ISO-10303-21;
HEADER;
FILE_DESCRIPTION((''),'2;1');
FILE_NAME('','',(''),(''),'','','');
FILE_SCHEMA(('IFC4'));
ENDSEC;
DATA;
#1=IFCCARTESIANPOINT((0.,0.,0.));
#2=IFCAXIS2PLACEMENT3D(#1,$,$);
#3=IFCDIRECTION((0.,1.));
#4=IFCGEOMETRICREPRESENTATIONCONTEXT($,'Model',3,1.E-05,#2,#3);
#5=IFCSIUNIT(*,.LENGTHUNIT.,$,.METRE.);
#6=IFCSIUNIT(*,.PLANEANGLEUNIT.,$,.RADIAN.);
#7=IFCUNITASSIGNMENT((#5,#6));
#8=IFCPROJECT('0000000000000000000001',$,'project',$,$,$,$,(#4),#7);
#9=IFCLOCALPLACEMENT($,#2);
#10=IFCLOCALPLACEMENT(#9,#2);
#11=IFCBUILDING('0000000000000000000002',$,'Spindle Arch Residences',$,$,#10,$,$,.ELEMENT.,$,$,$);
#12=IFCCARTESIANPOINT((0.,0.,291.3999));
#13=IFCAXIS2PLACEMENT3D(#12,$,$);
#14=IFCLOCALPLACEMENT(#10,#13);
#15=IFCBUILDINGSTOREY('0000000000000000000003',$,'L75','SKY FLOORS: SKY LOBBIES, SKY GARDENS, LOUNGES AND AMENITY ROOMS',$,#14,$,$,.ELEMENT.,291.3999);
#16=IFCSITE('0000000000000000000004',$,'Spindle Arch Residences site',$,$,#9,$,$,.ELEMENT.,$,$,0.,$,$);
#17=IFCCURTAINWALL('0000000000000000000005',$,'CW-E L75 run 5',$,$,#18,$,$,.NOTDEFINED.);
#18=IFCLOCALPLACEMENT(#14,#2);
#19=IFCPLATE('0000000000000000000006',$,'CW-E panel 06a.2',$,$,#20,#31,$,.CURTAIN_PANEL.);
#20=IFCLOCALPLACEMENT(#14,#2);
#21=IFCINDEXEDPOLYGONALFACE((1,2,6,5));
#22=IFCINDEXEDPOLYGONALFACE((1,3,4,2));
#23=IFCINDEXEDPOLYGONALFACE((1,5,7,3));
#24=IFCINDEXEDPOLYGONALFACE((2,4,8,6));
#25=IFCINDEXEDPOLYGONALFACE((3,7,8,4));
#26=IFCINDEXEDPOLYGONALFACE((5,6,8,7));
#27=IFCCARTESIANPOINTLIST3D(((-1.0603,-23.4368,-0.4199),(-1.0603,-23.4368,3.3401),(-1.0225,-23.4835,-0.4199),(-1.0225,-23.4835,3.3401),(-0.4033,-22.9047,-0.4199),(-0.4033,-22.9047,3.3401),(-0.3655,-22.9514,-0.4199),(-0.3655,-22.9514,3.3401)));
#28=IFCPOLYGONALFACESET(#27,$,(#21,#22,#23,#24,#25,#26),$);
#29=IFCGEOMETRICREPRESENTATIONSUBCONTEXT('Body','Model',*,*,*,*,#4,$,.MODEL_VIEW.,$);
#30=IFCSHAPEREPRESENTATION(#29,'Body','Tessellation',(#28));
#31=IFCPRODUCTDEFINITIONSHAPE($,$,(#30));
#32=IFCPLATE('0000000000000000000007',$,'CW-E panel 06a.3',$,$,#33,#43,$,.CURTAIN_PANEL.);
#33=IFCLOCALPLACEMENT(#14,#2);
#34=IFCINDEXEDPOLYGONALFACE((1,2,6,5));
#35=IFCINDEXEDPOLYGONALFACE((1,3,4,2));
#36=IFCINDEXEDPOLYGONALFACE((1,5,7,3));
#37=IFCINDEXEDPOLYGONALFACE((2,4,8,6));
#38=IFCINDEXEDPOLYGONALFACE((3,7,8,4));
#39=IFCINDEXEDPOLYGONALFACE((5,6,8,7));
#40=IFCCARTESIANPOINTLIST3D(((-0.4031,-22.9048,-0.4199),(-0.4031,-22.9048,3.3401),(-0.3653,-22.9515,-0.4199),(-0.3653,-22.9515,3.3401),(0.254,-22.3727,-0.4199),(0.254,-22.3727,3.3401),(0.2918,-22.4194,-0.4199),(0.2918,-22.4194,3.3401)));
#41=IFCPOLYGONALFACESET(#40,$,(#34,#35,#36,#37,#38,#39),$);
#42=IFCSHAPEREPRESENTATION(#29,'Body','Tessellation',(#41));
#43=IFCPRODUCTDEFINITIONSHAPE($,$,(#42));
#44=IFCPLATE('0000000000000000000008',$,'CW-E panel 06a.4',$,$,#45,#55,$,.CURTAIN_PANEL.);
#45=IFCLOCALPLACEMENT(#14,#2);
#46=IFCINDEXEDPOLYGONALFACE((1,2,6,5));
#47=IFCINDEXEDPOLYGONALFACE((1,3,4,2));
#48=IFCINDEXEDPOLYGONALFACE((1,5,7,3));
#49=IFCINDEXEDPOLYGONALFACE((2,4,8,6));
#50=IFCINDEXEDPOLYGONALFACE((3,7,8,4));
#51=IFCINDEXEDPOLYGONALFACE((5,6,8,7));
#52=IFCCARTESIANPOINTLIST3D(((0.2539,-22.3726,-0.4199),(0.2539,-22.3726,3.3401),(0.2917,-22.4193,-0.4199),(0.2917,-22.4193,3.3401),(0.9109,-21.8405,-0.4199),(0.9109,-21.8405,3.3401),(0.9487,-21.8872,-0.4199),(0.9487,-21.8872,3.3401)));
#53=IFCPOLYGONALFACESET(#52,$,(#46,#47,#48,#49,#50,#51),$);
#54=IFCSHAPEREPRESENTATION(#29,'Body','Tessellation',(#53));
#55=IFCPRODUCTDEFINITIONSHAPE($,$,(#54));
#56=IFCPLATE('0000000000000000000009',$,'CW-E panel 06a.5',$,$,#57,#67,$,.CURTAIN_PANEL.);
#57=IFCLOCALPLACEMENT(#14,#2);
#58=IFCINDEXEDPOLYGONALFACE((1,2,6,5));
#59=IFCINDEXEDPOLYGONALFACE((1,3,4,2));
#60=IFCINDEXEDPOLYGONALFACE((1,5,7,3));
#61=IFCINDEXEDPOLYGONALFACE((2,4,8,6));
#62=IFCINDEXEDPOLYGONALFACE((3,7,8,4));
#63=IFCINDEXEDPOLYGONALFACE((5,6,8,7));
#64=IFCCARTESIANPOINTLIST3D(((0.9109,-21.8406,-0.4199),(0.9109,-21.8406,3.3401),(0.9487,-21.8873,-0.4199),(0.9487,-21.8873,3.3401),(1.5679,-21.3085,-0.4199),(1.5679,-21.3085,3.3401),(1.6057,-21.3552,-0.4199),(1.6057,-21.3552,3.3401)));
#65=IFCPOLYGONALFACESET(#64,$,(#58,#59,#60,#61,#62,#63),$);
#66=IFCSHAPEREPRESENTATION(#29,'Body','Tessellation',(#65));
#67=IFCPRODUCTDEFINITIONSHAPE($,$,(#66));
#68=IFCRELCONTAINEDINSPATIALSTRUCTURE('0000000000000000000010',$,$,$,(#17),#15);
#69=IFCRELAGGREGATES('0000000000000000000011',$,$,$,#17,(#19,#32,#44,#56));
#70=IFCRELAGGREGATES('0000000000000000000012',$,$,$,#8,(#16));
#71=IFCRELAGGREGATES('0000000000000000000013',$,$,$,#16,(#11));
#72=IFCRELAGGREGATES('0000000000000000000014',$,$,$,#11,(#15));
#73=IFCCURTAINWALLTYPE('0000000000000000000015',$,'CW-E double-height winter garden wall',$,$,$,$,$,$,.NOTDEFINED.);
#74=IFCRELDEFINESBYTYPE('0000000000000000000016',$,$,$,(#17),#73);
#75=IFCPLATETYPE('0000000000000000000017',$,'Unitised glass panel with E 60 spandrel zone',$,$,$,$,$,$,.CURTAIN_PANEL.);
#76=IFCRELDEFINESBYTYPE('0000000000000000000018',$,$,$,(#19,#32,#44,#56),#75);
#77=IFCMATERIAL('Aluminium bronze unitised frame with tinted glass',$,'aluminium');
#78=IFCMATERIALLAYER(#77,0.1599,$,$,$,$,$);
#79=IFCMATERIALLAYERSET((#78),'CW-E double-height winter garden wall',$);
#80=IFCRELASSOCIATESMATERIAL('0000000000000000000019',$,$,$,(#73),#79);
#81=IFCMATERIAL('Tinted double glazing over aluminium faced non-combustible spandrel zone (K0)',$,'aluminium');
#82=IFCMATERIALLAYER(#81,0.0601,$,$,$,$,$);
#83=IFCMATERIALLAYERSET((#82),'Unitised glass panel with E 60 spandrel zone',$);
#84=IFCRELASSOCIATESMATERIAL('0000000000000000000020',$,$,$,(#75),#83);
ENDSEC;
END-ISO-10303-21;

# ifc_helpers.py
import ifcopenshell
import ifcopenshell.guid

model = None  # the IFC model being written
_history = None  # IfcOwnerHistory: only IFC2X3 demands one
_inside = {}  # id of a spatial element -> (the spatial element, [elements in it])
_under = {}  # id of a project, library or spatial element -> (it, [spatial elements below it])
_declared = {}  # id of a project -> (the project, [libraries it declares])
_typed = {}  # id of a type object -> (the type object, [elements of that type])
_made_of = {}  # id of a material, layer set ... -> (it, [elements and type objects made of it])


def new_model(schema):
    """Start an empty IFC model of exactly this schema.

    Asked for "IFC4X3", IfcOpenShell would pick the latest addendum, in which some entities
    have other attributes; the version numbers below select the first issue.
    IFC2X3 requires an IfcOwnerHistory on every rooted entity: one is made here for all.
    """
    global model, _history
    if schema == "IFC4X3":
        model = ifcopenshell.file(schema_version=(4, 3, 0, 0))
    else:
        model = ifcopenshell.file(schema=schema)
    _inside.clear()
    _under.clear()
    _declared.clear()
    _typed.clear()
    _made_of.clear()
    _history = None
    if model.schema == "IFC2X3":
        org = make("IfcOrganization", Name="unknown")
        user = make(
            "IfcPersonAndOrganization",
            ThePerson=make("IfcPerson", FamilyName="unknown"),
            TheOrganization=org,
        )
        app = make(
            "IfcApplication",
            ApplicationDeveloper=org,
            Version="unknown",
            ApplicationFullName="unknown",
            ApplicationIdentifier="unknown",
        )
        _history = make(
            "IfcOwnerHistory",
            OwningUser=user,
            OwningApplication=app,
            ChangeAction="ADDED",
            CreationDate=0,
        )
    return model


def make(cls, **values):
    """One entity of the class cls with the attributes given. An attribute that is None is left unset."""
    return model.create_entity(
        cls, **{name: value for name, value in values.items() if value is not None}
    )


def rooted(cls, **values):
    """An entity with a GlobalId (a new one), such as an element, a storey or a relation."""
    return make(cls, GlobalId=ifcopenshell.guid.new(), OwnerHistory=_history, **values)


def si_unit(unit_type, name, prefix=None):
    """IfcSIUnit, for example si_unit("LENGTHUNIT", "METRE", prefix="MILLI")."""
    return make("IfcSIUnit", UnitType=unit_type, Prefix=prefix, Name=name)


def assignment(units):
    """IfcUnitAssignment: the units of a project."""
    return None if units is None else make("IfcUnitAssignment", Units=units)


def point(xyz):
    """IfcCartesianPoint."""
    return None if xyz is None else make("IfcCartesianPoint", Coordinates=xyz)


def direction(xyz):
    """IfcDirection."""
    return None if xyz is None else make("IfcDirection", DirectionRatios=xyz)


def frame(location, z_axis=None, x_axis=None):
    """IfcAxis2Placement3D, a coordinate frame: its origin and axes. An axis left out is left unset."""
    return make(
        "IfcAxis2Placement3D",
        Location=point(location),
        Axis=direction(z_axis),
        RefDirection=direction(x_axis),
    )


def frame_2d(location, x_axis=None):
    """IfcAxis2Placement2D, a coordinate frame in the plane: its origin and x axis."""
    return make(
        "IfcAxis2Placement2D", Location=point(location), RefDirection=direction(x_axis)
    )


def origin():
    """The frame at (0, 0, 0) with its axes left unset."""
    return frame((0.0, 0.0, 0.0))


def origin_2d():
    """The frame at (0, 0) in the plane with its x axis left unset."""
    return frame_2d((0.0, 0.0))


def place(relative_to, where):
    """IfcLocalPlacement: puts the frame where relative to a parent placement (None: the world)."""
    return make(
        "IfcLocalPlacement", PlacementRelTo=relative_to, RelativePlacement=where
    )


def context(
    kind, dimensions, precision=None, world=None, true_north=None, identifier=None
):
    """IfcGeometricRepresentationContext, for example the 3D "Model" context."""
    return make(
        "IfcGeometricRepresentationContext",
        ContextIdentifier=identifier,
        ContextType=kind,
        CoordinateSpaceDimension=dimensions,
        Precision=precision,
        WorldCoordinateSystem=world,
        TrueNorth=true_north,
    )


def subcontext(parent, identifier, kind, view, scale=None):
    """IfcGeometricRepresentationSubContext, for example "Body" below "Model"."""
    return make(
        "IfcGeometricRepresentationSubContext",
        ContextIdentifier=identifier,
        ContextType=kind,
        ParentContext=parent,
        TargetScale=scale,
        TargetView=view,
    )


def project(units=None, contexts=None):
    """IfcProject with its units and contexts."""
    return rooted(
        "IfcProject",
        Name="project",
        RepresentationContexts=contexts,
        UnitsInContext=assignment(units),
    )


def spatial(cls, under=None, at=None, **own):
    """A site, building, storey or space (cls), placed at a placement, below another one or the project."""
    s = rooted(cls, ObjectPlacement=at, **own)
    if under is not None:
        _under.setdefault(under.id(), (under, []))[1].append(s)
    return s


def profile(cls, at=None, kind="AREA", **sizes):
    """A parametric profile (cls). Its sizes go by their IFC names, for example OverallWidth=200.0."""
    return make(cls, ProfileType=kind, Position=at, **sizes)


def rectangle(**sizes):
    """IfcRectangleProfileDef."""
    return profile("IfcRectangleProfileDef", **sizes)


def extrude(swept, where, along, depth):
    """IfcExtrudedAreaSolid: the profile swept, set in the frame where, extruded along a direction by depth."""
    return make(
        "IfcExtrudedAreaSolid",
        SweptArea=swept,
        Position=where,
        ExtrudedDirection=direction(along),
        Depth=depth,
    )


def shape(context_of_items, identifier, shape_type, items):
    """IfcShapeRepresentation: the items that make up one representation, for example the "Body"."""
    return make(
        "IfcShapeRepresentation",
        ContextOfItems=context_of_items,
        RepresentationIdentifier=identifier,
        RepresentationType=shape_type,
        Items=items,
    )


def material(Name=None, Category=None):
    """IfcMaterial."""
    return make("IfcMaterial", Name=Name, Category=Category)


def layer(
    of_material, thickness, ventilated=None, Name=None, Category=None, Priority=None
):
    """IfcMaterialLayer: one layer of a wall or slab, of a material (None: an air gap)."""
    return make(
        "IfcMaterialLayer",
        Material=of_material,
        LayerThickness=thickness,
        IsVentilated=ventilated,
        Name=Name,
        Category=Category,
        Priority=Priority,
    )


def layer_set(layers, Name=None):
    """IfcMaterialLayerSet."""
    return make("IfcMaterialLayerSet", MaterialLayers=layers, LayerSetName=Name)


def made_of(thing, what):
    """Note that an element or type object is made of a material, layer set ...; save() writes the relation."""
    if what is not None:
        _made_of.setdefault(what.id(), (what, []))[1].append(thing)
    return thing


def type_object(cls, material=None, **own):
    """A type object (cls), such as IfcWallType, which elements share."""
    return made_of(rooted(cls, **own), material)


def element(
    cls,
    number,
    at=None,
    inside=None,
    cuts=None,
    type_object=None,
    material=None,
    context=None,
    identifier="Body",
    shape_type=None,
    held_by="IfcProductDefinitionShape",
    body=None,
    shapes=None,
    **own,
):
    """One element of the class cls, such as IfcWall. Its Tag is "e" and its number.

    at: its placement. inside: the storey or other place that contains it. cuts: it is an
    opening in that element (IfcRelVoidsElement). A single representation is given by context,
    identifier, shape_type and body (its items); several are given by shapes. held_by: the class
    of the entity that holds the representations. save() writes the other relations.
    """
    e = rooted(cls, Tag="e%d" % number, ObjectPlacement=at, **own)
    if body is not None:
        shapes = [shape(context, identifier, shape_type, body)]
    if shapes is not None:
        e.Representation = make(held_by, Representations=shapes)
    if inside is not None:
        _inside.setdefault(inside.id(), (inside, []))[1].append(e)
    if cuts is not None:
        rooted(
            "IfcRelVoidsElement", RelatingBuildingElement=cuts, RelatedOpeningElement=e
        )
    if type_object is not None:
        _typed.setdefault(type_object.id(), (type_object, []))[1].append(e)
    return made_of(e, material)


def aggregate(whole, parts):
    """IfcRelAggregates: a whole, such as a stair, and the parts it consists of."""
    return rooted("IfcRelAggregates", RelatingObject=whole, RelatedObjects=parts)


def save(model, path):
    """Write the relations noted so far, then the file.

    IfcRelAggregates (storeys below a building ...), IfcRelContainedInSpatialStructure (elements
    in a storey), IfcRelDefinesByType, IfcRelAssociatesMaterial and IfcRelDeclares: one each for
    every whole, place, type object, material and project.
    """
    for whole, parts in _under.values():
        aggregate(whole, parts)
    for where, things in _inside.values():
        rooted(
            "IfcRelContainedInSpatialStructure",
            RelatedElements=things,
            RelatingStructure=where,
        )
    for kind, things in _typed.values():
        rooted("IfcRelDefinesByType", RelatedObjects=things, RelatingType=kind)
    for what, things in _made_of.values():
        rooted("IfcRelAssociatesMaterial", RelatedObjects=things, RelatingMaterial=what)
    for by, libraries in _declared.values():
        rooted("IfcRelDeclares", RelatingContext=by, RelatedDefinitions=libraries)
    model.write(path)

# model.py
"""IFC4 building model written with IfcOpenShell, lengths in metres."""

from ifc_helpers import new_model, si_unit, direction, frame, origin, origin_2d, place, context, subcontext, project, spatial, rectangle, extrude, material, layer, layer_set, type_object, element, aggregate, save


model = new_model("IFC4")

# Units and contexts
model_context = context("Model", 3, precision=1e-05, world=origin(), true_north=direction((0.0, 1.0)))
body_context = subcontext(model_context, "Body", "Model", "MODEL_VIEW")
ifc_project = project(units=[si_unit("LENGTHUNIT", "METRE"), si_unit("PLANEANGLEUNIT", "RADIAN")], contexts=[model_context])

# Site, building, storey
site_placement = place(None, origin())
site = spatial("IfcSite", under=ifc_project, at=site_placement, Name="Spindle Arch Residences site", CompositionType="ELEMENT", RefElevation=0.0)
building_placement = place(site_placement, origin())
building = spatial("IfcBuilding", under=site, at=building_placement, Name="Spindle Arch Residences", CompositionType="ELEMENT")
storey_placement = place(building_placement, frame((0.0, 0.0, 291.3999)))
storey = spatial("IfcBuildingStorey", under=building, at=storey_placement, Name="L75", Description="SKY FLOORS: SKY LOBBIES, SKY GARDENS, LOUNGES AND AMENITY ROOMS", CompositionType="ELEMENT", Elevation=291.3999)

# Curtain wall
ifc_material_1 = material(Name="Aluminium bronze unitised frame with tinted glass", Category="aluminium")
ifc_layer_1 = layer(ifc_material_1, 0.1599)
ifc_layer_set_1 = layer_set([ifc_layer_1], Name="CW-E double-height winter garden wall")
curtain_wall_type = type_object("IfcCurtainWallType", Name="CW-E double-height winter garden wall", PredefinedType="NOTDEFINED", material=ifc_layer_set_1)
curtain_wall_1_placement = place(storey_placement, origin())
curtain_wall_1 = element("IfcCurtainWall", 1, at=curtain_wall_1_placement, inside=storey, type_object=curtain_wall_type, Name="CW-E L75 run 5", PredefinedType="NOTDEFINED")

# Plates
ifc_material_2 = material(Name="Tinted double glazing over aluminium faced non-combustible spandrel zone (K0)", Category="aluminium")
ifc_layer_2 = layer(ifc_material_2, 0.0601)
ifc_layer_set_2 = layer_set([ifc_layer_2], Name="Unitised glass panel with E 60 spandrel zone")
plate_type_1 = type_object("IfcPlateType", Name="Unitised glass panel with E 60 spandrel zone", PredefinedType="CURTAIN_PANEL", material=ifc_layer_set_2)
plate_1_placement = place(storey_placement, frame((-0.7129, -23.1941, -0.4199), z_axis=(0.0, 0.0, 1.0), x_axis=(0.777146, 0.62932, 0.0)))
plate_1 = element("IfcPlate", 2, at=plate_1_placement, type_object=plate_type_1, Name="CW-E panel 06a.2", PredefinedType="CURTAIN_PANEL", context=body_context, shape_type="SweptSolid", body=[
    extrude(rectangle(XDim=0.8455, YDim=0.0601, at=origin_2d()), origin(), (0.0, 0.0, 1.0), 3.76),
])
plate_2_placement = place(storey_placement, frame((-0.0557, -22.6621, -0.4199), z_axis=(0.0, 0.0, 1.0), x_axis=(0.777146, 0.62932, 0.0)))
plate_2 = element("IfcPlate", 3, at=plate_2_placement, type_object=plate_type_1, Name="CW-E panel 06a.3", PredefinedType="CURTAIN_PANEL", context=body_context, shape_type="SweptSolid", body=[
    extrude(rectangle(XDim=0.8455, YDim=0.0601, at=origin_2d()), origin(), (0.0, 0.0, 1.0), 3.76),
])
plate_3_placement = place(storey_placement, frame((0.6013, -22.1299, -0.4199), z_axis=(0.0, 0.0, 1.0), x_axis=(0.777146, 0.62932, 0.0)))
plate_3 = element("IfcPlate", 4, at=plate_3_placement, type_object=plate_type_1, Name="CW-E panel 06a.4", PredefinedType="CURTAIN_PANEL", context=body_context, shape_type="SweptSolid", body=[
    extrude(rectangle(XDim=0.8455, YDim=0.0601, at=origin_2d()), origin(), (0.0, 0.0, 1.0), 3.76),
])
plate_4_placement = place(storey_placement, frame((1.2583, -21.5979, -0.4199), z_axis=(0.0, 0.0, 1.0), x_axis=(0.777146, 0.62932, 0.0)))
plate_4 = element("IfcPlate", 5, at=plate_4_placement, type_object=plate_type_1, Name="CW-E panel 06a.5", PredefinedType="CURTAIN_PANEL", context=body_context, shape_type="SweptSolid", body=[
    extrude(rectangle(XDim=0.8455, YDim=0.0601, at=origin_2d()), origin(), (0.0, 0.0, 1.0), 3.76),
])
aggregate(curtain_wall_1, [plate_1, plate_2, plate_3, plate_4])

save(model, "model.ifc")
